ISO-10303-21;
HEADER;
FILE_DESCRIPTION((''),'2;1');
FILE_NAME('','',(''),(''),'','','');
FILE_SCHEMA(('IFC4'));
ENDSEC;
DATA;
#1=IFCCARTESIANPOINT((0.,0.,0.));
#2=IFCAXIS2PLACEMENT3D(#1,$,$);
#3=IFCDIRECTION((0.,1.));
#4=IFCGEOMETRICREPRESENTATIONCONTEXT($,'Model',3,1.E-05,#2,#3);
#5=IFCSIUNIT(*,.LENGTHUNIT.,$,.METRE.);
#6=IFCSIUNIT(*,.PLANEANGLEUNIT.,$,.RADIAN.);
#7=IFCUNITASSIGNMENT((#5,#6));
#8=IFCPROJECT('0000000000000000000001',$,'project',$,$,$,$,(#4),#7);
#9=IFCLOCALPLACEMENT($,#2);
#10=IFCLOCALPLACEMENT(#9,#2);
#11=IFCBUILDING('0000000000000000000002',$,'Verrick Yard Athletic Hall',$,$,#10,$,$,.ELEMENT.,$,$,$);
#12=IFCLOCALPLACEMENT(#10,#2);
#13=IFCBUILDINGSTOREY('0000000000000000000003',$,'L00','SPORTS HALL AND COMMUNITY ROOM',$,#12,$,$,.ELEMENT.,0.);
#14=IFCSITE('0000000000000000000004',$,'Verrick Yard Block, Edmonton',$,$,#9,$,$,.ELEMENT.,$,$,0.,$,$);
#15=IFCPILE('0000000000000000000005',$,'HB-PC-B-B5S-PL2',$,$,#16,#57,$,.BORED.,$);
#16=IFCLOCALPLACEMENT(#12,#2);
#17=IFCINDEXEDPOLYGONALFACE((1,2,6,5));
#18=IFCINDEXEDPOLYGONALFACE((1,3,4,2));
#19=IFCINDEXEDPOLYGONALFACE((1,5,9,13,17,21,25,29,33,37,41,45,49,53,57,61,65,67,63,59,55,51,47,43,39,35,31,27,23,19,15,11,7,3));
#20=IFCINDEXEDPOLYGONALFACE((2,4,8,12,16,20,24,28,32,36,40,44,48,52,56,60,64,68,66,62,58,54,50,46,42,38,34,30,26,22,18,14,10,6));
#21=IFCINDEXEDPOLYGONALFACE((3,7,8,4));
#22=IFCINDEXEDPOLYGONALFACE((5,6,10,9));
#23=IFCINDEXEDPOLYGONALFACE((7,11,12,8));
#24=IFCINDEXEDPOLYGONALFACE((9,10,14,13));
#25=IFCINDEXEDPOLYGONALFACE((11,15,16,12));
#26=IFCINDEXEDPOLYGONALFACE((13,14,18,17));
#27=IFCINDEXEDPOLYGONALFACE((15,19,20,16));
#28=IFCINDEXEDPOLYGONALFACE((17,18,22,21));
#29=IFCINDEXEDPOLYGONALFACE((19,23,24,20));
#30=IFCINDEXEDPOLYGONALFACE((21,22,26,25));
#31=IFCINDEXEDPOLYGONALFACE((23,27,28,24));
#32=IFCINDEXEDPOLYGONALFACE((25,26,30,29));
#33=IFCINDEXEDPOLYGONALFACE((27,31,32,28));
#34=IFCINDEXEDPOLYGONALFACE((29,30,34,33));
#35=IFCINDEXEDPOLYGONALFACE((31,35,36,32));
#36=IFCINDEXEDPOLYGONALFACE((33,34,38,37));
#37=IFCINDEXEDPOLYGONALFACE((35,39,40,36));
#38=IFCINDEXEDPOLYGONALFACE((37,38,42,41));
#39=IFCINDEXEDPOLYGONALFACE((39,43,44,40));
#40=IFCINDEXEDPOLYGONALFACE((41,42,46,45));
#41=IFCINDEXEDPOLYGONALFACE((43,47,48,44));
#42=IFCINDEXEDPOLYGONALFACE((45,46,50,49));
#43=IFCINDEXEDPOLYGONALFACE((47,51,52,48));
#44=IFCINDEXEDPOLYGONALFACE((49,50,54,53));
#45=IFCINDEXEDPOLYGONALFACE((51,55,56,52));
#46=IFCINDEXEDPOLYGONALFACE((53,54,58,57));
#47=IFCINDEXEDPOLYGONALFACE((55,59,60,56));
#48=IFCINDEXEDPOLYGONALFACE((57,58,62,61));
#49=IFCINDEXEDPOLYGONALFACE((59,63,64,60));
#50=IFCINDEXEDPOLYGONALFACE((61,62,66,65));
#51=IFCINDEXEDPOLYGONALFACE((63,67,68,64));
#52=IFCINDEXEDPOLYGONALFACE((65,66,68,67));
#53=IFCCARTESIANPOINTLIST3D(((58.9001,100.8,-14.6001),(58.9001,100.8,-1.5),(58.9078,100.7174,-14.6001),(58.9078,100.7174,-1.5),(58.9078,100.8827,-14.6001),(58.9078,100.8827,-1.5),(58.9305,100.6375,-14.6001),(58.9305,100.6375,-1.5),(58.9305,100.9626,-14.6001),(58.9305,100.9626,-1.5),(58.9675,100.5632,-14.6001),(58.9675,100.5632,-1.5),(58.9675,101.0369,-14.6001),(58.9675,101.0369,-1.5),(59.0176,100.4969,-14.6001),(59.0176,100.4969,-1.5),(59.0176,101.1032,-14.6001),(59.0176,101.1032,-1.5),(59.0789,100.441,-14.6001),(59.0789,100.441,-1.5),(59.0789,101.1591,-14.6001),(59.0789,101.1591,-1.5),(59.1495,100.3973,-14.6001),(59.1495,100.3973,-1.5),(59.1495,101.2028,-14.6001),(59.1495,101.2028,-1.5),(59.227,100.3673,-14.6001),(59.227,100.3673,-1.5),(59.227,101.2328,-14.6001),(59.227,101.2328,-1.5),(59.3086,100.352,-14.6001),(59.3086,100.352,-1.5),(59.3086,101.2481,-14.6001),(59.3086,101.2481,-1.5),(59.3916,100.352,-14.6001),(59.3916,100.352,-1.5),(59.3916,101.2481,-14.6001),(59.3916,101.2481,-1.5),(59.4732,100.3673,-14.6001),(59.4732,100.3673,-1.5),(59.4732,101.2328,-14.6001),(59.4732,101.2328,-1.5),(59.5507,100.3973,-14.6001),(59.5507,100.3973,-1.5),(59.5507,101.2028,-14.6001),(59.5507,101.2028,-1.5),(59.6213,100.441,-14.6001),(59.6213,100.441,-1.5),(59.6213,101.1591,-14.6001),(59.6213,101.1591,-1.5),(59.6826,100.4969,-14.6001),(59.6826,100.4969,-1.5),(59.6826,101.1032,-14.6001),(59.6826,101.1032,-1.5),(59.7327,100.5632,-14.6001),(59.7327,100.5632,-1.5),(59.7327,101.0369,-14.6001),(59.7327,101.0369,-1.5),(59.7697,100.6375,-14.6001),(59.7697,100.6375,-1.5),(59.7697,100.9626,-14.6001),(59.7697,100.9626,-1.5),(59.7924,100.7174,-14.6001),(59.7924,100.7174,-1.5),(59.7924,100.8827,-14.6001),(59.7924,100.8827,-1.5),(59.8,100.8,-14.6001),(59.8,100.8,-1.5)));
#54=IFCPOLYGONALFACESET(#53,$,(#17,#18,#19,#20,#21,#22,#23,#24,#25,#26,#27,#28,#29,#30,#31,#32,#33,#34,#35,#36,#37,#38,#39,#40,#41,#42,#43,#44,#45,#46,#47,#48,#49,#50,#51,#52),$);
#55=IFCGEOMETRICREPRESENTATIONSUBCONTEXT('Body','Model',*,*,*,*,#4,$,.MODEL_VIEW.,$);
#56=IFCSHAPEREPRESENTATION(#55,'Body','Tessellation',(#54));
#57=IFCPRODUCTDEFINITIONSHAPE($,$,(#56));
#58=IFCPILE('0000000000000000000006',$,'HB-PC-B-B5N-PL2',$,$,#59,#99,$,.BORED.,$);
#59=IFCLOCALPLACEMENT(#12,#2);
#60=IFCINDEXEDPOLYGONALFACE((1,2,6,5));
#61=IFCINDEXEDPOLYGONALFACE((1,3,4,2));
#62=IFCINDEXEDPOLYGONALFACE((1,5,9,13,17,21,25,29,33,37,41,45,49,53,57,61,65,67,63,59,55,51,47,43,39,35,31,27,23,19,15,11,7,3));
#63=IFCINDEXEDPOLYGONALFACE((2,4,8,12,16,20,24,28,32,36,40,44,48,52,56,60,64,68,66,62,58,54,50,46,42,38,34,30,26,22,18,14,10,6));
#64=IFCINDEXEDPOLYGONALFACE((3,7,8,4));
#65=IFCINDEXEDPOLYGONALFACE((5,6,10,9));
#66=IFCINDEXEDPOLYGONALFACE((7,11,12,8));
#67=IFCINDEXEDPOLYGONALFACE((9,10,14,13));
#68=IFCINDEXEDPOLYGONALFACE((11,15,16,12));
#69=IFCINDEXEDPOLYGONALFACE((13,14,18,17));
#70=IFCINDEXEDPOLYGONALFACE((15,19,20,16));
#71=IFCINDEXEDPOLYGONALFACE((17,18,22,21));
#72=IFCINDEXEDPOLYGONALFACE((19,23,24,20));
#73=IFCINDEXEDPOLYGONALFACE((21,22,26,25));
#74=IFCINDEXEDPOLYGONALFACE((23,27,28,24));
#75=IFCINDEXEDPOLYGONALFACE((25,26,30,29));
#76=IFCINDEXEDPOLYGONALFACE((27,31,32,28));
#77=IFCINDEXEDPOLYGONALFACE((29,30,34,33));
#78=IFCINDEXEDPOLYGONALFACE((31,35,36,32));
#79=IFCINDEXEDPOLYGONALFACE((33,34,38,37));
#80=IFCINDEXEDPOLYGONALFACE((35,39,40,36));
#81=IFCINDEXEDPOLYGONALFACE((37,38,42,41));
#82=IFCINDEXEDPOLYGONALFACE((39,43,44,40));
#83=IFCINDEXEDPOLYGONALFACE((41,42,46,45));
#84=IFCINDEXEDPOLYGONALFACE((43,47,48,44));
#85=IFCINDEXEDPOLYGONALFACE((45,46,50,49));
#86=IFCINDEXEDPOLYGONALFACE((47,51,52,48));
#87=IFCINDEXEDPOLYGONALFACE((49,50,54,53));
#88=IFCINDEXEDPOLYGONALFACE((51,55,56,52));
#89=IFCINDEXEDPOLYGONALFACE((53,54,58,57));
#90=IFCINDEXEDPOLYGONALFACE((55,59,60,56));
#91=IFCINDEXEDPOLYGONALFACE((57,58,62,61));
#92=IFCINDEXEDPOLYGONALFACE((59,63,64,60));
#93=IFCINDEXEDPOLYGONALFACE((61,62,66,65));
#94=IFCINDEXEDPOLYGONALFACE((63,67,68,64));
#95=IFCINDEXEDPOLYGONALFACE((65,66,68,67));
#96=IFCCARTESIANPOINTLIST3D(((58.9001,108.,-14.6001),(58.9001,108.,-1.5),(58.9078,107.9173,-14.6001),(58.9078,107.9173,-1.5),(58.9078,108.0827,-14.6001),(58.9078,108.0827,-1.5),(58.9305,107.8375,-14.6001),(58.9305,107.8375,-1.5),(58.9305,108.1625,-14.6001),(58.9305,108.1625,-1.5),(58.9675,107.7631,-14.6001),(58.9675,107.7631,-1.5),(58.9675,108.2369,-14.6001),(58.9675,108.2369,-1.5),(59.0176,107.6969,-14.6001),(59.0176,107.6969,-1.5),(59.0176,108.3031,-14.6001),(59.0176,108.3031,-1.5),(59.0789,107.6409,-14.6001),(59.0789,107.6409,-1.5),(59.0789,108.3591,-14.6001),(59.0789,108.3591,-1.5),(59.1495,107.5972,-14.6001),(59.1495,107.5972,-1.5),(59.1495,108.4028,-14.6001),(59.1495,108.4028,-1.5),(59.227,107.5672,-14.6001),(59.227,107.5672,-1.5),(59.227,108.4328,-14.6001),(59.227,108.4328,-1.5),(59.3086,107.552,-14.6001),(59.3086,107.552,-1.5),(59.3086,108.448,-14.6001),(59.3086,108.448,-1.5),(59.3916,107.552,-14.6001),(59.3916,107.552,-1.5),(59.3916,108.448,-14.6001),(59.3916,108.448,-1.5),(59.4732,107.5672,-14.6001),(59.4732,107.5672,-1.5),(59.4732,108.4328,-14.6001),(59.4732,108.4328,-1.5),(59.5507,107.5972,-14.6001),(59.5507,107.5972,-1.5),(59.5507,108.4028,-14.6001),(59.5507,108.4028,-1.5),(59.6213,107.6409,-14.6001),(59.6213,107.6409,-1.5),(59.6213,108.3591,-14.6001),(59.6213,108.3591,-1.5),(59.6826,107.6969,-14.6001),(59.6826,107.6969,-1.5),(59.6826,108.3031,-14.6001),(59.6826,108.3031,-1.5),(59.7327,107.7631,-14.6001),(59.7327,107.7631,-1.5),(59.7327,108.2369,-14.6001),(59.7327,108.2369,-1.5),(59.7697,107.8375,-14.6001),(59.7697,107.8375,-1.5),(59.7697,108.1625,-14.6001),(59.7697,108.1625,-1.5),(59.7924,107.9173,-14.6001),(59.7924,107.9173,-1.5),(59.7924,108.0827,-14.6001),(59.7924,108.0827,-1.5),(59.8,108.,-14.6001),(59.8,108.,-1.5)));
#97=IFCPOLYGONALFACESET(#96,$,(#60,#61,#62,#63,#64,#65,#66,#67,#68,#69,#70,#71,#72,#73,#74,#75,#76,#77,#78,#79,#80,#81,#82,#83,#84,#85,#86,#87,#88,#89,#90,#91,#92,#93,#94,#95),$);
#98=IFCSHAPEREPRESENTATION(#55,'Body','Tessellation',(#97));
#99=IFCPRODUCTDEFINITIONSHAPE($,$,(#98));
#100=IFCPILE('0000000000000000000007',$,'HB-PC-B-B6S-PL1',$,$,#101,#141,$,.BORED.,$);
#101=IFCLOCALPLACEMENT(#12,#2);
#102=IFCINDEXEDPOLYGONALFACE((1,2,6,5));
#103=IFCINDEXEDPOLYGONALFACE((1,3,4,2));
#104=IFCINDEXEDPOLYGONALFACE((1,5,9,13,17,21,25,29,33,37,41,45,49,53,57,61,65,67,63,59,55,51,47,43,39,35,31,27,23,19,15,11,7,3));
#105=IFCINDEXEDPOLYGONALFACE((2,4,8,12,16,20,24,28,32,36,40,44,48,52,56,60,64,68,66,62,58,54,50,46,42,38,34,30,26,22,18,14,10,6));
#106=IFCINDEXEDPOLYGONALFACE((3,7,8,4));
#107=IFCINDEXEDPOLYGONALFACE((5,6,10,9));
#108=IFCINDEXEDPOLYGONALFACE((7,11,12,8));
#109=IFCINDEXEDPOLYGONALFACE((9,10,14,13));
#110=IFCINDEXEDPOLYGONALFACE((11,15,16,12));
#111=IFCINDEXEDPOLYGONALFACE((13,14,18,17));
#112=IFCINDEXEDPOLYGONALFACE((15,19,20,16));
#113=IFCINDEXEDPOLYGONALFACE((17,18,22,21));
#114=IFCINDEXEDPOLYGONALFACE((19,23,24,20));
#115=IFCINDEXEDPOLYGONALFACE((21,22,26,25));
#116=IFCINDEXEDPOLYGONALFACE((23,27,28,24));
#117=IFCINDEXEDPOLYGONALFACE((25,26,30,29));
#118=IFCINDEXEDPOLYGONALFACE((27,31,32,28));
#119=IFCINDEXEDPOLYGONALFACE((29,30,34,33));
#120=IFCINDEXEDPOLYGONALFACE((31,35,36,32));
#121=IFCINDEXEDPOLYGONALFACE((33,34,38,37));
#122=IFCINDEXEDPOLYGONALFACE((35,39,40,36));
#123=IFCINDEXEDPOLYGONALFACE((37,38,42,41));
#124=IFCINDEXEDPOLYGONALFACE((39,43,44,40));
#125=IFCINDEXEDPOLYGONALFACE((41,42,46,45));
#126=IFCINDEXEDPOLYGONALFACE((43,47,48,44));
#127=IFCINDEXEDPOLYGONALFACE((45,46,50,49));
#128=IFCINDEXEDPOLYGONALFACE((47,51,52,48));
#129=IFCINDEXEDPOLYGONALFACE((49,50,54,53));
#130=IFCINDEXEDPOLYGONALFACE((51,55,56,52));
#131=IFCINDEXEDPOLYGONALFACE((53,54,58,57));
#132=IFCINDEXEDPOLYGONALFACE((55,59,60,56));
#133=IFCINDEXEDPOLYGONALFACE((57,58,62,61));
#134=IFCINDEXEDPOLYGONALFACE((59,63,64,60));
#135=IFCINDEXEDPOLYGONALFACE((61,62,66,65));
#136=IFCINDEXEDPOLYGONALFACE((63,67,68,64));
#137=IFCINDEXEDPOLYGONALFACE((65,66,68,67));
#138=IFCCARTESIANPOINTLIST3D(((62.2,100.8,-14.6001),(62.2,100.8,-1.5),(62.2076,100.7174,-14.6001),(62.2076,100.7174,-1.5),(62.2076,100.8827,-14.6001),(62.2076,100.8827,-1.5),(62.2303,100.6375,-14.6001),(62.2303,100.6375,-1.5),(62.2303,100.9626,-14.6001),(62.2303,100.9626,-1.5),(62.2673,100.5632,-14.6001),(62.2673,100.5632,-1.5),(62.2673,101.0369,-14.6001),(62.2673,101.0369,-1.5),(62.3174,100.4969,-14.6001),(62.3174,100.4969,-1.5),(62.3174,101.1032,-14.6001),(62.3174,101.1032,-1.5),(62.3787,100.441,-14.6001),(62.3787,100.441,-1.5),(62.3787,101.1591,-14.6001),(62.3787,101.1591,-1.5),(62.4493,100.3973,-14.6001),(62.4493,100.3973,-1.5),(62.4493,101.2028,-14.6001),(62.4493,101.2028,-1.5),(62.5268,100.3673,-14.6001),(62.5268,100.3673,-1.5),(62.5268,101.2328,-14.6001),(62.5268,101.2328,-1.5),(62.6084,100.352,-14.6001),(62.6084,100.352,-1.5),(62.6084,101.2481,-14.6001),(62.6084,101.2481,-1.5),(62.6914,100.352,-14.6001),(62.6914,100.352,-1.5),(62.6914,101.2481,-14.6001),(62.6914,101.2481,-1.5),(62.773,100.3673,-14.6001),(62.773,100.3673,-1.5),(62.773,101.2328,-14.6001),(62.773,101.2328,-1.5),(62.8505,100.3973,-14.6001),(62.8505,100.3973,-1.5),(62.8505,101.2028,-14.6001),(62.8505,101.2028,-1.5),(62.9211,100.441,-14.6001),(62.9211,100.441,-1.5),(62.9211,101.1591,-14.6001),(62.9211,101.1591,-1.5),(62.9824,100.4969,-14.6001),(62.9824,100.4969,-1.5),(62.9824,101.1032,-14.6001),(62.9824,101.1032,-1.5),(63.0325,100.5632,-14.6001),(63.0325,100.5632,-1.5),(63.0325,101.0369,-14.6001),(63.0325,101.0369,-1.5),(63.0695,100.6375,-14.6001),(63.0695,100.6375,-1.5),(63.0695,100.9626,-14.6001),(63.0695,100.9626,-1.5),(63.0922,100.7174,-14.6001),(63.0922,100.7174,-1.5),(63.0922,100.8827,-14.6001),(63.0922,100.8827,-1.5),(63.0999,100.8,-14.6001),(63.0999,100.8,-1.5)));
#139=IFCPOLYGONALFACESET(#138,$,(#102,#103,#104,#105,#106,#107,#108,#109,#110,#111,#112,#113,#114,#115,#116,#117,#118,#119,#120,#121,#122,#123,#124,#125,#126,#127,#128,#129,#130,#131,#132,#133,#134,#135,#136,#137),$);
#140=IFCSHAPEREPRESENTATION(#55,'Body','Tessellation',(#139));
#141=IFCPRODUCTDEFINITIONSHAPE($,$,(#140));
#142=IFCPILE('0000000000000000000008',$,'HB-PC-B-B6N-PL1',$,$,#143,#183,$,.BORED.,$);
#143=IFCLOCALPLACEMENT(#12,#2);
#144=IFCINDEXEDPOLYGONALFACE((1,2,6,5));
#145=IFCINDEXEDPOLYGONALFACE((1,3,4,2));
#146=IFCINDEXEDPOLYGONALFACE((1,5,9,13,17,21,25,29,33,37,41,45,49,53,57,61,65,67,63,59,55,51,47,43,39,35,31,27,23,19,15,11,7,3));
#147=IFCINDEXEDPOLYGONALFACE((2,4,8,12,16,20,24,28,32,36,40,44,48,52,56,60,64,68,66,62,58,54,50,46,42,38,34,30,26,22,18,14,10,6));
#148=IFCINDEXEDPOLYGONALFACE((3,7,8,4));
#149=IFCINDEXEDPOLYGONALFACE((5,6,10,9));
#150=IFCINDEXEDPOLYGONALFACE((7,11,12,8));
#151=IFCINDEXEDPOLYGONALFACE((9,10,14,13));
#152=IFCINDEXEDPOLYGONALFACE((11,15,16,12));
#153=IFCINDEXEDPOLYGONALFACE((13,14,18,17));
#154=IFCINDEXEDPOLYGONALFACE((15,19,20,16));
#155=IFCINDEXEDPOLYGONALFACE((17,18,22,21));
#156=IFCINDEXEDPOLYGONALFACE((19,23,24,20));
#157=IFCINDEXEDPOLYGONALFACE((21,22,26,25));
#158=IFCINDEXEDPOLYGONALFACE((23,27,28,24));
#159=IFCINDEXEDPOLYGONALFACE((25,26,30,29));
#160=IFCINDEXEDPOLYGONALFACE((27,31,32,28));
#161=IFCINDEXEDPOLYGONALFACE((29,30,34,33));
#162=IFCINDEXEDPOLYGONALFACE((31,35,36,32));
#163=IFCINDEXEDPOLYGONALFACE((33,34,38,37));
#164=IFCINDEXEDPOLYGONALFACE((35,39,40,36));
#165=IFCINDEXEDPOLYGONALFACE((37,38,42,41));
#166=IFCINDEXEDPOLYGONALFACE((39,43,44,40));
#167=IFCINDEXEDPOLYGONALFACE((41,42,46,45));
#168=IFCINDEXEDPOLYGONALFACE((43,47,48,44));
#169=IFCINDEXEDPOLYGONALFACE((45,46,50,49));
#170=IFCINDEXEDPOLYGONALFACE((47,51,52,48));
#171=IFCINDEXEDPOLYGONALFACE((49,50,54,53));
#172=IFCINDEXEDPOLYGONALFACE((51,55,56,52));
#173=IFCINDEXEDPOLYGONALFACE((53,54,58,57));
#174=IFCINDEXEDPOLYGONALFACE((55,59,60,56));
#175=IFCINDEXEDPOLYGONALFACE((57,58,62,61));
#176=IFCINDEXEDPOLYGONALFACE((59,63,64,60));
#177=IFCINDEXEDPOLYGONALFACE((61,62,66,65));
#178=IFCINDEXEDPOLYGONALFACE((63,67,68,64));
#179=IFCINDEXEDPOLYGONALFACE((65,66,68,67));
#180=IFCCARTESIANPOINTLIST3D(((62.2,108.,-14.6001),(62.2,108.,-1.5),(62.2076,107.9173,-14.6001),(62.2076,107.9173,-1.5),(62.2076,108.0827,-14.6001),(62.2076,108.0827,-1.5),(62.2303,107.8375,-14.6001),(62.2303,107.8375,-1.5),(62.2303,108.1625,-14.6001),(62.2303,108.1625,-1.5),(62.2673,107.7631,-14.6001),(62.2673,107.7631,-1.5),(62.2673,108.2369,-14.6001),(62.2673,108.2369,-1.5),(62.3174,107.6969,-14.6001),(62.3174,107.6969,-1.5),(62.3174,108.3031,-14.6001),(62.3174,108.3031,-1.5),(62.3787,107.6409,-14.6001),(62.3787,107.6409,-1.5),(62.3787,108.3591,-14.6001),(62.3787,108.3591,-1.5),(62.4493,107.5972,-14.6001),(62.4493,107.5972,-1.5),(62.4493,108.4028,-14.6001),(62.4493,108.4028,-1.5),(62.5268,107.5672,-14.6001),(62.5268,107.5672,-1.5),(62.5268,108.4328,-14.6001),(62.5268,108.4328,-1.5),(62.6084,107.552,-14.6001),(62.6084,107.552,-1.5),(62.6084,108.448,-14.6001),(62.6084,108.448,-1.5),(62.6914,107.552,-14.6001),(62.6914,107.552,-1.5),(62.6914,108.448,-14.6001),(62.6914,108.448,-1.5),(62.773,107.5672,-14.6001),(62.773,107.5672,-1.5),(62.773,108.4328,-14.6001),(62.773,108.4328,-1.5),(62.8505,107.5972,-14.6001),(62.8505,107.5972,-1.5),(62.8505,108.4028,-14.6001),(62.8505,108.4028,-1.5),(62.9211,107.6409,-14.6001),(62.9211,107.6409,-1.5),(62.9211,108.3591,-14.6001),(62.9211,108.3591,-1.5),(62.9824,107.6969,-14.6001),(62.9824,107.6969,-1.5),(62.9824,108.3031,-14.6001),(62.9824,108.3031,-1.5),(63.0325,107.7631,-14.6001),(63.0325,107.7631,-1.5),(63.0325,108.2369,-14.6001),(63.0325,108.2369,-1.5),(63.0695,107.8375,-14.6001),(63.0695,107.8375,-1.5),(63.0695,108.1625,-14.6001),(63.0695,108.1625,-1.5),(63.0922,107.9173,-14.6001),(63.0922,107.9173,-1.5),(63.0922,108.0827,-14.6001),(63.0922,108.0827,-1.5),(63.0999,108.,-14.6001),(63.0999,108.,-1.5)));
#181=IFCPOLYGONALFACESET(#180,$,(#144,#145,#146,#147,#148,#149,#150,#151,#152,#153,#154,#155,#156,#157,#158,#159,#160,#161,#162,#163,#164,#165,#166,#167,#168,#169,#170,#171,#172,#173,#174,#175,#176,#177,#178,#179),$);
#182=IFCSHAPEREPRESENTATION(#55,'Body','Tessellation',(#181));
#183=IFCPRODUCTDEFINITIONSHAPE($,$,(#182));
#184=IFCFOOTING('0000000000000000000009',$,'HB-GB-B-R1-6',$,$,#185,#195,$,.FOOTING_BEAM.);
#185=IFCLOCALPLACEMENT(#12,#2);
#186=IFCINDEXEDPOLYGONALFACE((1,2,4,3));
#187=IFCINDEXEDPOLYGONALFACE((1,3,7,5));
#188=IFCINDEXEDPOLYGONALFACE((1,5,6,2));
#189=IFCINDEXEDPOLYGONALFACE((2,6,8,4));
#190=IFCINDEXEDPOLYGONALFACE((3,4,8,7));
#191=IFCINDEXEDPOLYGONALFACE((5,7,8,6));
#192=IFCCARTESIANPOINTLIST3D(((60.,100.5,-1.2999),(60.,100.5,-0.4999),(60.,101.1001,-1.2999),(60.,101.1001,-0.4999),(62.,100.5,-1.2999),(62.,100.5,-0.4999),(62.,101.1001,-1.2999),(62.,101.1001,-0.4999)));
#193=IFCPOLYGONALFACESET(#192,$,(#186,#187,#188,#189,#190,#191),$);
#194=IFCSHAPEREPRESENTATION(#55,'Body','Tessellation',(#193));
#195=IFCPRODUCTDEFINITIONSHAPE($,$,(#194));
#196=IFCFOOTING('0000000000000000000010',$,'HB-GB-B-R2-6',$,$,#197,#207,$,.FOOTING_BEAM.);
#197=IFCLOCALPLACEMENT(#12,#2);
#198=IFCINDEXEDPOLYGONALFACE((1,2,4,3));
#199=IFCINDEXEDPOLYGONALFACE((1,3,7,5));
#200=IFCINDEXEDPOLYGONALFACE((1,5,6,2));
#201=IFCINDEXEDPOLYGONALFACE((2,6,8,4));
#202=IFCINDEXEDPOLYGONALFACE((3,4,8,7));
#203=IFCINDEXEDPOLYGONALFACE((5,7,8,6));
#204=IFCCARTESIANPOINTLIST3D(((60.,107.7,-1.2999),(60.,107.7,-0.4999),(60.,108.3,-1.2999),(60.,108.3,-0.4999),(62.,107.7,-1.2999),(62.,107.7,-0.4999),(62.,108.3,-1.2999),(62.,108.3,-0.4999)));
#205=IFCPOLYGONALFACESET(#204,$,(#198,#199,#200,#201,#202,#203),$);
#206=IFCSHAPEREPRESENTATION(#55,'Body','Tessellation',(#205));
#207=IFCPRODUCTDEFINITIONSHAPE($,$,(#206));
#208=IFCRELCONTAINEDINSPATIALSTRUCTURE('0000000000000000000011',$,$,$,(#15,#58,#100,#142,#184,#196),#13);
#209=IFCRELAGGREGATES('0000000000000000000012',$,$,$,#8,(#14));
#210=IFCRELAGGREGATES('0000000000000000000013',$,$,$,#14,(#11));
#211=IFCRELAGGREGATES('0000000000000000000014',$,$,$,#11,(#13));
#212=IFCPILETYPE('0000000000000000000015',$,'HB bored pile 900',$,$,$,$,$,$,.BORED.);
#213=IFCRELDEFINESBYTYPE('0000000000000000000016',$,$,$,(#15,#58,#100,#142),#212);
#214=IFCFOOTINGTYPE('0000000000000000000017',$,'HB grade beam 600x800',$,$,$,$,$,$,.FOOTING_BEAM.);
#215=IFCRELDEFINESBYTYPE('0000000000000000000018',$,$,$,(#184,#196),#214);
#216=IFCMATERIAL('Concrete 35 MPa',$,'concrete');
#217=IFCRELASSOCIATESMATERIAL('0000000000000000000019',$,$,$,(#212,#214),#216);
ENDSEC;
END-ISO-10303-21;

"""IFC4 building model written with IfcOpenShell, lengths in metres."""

from ifc_helpers import new_model, si_unit, direction, frame, origin, origin_2d, place, context, subcontext, project, spatial, rectangle, circle, extrude, material, material_profile, profile_set, type_object, element, save


model = new_model("IFC4")

# Units and contexts
model_context = context("Model", 3, precision=1e-05, world=origin(), true_north=direction((0.0, 1.0)))
body_context = subcontext(model_context, "Body", "Model", "MODEL_VIEW")
ifc_project = project(units=[si_unit("LENGTHUNIT", "METRE"), si_unit("PLANEANGLEUNIT", "RADIAN")], contexts=[model_context])

# Site, building, storey
site_placement = place(None, origin())
site = spatial("IfcSite", under=ifc_project, at=site_placement, Name="Verrick Yard Block, Edmonton", CompositionType="ELEMENT", RefElevation=0.0)
building_placement = place(site_placement, origin())
building = spatial("IfcBuilding", under=site, at=building_placement, Name="Verrick Yard Athletic Hall", CompositionType="ELEMENT")
storey_placement = place(building_placement, origin())
storey = spatial("IfcBuildingStorey", under=building, at=storey_placement, Name="L00", Description="SPORTS HALL AND COMMUNITY ROOM", CompositionType="ELEMENT", Elevation=0.0)

# Piles
ifc_material_1 = material(Name="Concrete 35 MPa", Category="concrete")
ifc_material_profile_1 = material_profile(ifc_material_1, circle(Radius=0.45, at=origin_2d()), Name="Bored pile 900")
ifc_profile_set_1 = profile_set([ifc_material_profile_1], Name="Concrete 35 MPa")
pile_type = type_object("IfcPileType", Name="HB bored pile 900", PredefinedType="BORED", material=ifc_profile_set_1)
for number, where, z_axis, x_axis, name in (
    (1, (59.3501, 100.8, -1.5), (0.0, 0.0, -1.0), (1.0, 0.0, 0.0), "HB-PC-B-B5S-PL2"),
    (2, (59.3501, 108.0, -1.5), (0.0, 0.0, -1.0), (1.0, 0.0, 0.0), "HB-PC-B-B5N-PL2"),
    (3, (62.6499, 100.8, -1.5), (0.0, 0.0, -1.0), (1.0, 0.0, 0.0), "HB-PC-B-B6S-PL1"),
    (4, (62.6499, 108.0, -1.5), (0.0, 0.0, -1.0), (1.0, 0.0, 0.0), "HB-PC-B-B6N-PL1"),
):
    element("IfcPile", number, at=place(storey_placement, frame(where, z_axis=z_axis, x_axis=x_axis)), inside=storey, type_object=pile_type, Name=name, PredefinedType="BORED", context=body_context, shape_type="SweptSolid", body=[
        extrude(circle(Radius=0.45, at=origin_2d()), origin(), (0.0, 0.0, 1.0), 13.1001),
    ])

# Footings
ifc_material_profile_2 = material_profile(ifc_material_1, rectangle(XDim=0.6001, YDim=0.8, at=origin_2d()), Name="Grade beam 600x800")
ifc_profile_set_2 = profile_set([ifc_material_profile_2], Name="Concrete 35 MPa")
footing_type = type_object("IfcFootingType", Name="HB grade beam 600x800", PredefinedType="FOOTING_BEAM", material=ifc_profile_set_2)
for number, where, z_axis, x_axis, name in (
    (5, (60.0, 100.8, -0.8999), (1.0, 0.0, 0.0), (0.0, 1.0, 0.0), "HB-GB-B-R1-6"),
    (6, (60.0, 108.0, -0.8999), (1.0, 0.0, 0.0), (0.0, 1.0, 0.0), "HB-GB-B-R2-6"),
):
    element("IfcFooting", number, at=place(storey_placement, frame(where, z_axis=z_axis, x_axis=x_axis)), inside=storey, type_object=footing_type, Name=name, PredefinedType="FOOTING_BEAM", context=body_context, shape_type="SweptSolid", body=[
        extrude(rectangle(XDim=0.6001, YDim=0.8, at=origin_2d()), origin(), (0.0, 0.0, 1.0), 2.0),
    ])

save(model, "model.ifc")
